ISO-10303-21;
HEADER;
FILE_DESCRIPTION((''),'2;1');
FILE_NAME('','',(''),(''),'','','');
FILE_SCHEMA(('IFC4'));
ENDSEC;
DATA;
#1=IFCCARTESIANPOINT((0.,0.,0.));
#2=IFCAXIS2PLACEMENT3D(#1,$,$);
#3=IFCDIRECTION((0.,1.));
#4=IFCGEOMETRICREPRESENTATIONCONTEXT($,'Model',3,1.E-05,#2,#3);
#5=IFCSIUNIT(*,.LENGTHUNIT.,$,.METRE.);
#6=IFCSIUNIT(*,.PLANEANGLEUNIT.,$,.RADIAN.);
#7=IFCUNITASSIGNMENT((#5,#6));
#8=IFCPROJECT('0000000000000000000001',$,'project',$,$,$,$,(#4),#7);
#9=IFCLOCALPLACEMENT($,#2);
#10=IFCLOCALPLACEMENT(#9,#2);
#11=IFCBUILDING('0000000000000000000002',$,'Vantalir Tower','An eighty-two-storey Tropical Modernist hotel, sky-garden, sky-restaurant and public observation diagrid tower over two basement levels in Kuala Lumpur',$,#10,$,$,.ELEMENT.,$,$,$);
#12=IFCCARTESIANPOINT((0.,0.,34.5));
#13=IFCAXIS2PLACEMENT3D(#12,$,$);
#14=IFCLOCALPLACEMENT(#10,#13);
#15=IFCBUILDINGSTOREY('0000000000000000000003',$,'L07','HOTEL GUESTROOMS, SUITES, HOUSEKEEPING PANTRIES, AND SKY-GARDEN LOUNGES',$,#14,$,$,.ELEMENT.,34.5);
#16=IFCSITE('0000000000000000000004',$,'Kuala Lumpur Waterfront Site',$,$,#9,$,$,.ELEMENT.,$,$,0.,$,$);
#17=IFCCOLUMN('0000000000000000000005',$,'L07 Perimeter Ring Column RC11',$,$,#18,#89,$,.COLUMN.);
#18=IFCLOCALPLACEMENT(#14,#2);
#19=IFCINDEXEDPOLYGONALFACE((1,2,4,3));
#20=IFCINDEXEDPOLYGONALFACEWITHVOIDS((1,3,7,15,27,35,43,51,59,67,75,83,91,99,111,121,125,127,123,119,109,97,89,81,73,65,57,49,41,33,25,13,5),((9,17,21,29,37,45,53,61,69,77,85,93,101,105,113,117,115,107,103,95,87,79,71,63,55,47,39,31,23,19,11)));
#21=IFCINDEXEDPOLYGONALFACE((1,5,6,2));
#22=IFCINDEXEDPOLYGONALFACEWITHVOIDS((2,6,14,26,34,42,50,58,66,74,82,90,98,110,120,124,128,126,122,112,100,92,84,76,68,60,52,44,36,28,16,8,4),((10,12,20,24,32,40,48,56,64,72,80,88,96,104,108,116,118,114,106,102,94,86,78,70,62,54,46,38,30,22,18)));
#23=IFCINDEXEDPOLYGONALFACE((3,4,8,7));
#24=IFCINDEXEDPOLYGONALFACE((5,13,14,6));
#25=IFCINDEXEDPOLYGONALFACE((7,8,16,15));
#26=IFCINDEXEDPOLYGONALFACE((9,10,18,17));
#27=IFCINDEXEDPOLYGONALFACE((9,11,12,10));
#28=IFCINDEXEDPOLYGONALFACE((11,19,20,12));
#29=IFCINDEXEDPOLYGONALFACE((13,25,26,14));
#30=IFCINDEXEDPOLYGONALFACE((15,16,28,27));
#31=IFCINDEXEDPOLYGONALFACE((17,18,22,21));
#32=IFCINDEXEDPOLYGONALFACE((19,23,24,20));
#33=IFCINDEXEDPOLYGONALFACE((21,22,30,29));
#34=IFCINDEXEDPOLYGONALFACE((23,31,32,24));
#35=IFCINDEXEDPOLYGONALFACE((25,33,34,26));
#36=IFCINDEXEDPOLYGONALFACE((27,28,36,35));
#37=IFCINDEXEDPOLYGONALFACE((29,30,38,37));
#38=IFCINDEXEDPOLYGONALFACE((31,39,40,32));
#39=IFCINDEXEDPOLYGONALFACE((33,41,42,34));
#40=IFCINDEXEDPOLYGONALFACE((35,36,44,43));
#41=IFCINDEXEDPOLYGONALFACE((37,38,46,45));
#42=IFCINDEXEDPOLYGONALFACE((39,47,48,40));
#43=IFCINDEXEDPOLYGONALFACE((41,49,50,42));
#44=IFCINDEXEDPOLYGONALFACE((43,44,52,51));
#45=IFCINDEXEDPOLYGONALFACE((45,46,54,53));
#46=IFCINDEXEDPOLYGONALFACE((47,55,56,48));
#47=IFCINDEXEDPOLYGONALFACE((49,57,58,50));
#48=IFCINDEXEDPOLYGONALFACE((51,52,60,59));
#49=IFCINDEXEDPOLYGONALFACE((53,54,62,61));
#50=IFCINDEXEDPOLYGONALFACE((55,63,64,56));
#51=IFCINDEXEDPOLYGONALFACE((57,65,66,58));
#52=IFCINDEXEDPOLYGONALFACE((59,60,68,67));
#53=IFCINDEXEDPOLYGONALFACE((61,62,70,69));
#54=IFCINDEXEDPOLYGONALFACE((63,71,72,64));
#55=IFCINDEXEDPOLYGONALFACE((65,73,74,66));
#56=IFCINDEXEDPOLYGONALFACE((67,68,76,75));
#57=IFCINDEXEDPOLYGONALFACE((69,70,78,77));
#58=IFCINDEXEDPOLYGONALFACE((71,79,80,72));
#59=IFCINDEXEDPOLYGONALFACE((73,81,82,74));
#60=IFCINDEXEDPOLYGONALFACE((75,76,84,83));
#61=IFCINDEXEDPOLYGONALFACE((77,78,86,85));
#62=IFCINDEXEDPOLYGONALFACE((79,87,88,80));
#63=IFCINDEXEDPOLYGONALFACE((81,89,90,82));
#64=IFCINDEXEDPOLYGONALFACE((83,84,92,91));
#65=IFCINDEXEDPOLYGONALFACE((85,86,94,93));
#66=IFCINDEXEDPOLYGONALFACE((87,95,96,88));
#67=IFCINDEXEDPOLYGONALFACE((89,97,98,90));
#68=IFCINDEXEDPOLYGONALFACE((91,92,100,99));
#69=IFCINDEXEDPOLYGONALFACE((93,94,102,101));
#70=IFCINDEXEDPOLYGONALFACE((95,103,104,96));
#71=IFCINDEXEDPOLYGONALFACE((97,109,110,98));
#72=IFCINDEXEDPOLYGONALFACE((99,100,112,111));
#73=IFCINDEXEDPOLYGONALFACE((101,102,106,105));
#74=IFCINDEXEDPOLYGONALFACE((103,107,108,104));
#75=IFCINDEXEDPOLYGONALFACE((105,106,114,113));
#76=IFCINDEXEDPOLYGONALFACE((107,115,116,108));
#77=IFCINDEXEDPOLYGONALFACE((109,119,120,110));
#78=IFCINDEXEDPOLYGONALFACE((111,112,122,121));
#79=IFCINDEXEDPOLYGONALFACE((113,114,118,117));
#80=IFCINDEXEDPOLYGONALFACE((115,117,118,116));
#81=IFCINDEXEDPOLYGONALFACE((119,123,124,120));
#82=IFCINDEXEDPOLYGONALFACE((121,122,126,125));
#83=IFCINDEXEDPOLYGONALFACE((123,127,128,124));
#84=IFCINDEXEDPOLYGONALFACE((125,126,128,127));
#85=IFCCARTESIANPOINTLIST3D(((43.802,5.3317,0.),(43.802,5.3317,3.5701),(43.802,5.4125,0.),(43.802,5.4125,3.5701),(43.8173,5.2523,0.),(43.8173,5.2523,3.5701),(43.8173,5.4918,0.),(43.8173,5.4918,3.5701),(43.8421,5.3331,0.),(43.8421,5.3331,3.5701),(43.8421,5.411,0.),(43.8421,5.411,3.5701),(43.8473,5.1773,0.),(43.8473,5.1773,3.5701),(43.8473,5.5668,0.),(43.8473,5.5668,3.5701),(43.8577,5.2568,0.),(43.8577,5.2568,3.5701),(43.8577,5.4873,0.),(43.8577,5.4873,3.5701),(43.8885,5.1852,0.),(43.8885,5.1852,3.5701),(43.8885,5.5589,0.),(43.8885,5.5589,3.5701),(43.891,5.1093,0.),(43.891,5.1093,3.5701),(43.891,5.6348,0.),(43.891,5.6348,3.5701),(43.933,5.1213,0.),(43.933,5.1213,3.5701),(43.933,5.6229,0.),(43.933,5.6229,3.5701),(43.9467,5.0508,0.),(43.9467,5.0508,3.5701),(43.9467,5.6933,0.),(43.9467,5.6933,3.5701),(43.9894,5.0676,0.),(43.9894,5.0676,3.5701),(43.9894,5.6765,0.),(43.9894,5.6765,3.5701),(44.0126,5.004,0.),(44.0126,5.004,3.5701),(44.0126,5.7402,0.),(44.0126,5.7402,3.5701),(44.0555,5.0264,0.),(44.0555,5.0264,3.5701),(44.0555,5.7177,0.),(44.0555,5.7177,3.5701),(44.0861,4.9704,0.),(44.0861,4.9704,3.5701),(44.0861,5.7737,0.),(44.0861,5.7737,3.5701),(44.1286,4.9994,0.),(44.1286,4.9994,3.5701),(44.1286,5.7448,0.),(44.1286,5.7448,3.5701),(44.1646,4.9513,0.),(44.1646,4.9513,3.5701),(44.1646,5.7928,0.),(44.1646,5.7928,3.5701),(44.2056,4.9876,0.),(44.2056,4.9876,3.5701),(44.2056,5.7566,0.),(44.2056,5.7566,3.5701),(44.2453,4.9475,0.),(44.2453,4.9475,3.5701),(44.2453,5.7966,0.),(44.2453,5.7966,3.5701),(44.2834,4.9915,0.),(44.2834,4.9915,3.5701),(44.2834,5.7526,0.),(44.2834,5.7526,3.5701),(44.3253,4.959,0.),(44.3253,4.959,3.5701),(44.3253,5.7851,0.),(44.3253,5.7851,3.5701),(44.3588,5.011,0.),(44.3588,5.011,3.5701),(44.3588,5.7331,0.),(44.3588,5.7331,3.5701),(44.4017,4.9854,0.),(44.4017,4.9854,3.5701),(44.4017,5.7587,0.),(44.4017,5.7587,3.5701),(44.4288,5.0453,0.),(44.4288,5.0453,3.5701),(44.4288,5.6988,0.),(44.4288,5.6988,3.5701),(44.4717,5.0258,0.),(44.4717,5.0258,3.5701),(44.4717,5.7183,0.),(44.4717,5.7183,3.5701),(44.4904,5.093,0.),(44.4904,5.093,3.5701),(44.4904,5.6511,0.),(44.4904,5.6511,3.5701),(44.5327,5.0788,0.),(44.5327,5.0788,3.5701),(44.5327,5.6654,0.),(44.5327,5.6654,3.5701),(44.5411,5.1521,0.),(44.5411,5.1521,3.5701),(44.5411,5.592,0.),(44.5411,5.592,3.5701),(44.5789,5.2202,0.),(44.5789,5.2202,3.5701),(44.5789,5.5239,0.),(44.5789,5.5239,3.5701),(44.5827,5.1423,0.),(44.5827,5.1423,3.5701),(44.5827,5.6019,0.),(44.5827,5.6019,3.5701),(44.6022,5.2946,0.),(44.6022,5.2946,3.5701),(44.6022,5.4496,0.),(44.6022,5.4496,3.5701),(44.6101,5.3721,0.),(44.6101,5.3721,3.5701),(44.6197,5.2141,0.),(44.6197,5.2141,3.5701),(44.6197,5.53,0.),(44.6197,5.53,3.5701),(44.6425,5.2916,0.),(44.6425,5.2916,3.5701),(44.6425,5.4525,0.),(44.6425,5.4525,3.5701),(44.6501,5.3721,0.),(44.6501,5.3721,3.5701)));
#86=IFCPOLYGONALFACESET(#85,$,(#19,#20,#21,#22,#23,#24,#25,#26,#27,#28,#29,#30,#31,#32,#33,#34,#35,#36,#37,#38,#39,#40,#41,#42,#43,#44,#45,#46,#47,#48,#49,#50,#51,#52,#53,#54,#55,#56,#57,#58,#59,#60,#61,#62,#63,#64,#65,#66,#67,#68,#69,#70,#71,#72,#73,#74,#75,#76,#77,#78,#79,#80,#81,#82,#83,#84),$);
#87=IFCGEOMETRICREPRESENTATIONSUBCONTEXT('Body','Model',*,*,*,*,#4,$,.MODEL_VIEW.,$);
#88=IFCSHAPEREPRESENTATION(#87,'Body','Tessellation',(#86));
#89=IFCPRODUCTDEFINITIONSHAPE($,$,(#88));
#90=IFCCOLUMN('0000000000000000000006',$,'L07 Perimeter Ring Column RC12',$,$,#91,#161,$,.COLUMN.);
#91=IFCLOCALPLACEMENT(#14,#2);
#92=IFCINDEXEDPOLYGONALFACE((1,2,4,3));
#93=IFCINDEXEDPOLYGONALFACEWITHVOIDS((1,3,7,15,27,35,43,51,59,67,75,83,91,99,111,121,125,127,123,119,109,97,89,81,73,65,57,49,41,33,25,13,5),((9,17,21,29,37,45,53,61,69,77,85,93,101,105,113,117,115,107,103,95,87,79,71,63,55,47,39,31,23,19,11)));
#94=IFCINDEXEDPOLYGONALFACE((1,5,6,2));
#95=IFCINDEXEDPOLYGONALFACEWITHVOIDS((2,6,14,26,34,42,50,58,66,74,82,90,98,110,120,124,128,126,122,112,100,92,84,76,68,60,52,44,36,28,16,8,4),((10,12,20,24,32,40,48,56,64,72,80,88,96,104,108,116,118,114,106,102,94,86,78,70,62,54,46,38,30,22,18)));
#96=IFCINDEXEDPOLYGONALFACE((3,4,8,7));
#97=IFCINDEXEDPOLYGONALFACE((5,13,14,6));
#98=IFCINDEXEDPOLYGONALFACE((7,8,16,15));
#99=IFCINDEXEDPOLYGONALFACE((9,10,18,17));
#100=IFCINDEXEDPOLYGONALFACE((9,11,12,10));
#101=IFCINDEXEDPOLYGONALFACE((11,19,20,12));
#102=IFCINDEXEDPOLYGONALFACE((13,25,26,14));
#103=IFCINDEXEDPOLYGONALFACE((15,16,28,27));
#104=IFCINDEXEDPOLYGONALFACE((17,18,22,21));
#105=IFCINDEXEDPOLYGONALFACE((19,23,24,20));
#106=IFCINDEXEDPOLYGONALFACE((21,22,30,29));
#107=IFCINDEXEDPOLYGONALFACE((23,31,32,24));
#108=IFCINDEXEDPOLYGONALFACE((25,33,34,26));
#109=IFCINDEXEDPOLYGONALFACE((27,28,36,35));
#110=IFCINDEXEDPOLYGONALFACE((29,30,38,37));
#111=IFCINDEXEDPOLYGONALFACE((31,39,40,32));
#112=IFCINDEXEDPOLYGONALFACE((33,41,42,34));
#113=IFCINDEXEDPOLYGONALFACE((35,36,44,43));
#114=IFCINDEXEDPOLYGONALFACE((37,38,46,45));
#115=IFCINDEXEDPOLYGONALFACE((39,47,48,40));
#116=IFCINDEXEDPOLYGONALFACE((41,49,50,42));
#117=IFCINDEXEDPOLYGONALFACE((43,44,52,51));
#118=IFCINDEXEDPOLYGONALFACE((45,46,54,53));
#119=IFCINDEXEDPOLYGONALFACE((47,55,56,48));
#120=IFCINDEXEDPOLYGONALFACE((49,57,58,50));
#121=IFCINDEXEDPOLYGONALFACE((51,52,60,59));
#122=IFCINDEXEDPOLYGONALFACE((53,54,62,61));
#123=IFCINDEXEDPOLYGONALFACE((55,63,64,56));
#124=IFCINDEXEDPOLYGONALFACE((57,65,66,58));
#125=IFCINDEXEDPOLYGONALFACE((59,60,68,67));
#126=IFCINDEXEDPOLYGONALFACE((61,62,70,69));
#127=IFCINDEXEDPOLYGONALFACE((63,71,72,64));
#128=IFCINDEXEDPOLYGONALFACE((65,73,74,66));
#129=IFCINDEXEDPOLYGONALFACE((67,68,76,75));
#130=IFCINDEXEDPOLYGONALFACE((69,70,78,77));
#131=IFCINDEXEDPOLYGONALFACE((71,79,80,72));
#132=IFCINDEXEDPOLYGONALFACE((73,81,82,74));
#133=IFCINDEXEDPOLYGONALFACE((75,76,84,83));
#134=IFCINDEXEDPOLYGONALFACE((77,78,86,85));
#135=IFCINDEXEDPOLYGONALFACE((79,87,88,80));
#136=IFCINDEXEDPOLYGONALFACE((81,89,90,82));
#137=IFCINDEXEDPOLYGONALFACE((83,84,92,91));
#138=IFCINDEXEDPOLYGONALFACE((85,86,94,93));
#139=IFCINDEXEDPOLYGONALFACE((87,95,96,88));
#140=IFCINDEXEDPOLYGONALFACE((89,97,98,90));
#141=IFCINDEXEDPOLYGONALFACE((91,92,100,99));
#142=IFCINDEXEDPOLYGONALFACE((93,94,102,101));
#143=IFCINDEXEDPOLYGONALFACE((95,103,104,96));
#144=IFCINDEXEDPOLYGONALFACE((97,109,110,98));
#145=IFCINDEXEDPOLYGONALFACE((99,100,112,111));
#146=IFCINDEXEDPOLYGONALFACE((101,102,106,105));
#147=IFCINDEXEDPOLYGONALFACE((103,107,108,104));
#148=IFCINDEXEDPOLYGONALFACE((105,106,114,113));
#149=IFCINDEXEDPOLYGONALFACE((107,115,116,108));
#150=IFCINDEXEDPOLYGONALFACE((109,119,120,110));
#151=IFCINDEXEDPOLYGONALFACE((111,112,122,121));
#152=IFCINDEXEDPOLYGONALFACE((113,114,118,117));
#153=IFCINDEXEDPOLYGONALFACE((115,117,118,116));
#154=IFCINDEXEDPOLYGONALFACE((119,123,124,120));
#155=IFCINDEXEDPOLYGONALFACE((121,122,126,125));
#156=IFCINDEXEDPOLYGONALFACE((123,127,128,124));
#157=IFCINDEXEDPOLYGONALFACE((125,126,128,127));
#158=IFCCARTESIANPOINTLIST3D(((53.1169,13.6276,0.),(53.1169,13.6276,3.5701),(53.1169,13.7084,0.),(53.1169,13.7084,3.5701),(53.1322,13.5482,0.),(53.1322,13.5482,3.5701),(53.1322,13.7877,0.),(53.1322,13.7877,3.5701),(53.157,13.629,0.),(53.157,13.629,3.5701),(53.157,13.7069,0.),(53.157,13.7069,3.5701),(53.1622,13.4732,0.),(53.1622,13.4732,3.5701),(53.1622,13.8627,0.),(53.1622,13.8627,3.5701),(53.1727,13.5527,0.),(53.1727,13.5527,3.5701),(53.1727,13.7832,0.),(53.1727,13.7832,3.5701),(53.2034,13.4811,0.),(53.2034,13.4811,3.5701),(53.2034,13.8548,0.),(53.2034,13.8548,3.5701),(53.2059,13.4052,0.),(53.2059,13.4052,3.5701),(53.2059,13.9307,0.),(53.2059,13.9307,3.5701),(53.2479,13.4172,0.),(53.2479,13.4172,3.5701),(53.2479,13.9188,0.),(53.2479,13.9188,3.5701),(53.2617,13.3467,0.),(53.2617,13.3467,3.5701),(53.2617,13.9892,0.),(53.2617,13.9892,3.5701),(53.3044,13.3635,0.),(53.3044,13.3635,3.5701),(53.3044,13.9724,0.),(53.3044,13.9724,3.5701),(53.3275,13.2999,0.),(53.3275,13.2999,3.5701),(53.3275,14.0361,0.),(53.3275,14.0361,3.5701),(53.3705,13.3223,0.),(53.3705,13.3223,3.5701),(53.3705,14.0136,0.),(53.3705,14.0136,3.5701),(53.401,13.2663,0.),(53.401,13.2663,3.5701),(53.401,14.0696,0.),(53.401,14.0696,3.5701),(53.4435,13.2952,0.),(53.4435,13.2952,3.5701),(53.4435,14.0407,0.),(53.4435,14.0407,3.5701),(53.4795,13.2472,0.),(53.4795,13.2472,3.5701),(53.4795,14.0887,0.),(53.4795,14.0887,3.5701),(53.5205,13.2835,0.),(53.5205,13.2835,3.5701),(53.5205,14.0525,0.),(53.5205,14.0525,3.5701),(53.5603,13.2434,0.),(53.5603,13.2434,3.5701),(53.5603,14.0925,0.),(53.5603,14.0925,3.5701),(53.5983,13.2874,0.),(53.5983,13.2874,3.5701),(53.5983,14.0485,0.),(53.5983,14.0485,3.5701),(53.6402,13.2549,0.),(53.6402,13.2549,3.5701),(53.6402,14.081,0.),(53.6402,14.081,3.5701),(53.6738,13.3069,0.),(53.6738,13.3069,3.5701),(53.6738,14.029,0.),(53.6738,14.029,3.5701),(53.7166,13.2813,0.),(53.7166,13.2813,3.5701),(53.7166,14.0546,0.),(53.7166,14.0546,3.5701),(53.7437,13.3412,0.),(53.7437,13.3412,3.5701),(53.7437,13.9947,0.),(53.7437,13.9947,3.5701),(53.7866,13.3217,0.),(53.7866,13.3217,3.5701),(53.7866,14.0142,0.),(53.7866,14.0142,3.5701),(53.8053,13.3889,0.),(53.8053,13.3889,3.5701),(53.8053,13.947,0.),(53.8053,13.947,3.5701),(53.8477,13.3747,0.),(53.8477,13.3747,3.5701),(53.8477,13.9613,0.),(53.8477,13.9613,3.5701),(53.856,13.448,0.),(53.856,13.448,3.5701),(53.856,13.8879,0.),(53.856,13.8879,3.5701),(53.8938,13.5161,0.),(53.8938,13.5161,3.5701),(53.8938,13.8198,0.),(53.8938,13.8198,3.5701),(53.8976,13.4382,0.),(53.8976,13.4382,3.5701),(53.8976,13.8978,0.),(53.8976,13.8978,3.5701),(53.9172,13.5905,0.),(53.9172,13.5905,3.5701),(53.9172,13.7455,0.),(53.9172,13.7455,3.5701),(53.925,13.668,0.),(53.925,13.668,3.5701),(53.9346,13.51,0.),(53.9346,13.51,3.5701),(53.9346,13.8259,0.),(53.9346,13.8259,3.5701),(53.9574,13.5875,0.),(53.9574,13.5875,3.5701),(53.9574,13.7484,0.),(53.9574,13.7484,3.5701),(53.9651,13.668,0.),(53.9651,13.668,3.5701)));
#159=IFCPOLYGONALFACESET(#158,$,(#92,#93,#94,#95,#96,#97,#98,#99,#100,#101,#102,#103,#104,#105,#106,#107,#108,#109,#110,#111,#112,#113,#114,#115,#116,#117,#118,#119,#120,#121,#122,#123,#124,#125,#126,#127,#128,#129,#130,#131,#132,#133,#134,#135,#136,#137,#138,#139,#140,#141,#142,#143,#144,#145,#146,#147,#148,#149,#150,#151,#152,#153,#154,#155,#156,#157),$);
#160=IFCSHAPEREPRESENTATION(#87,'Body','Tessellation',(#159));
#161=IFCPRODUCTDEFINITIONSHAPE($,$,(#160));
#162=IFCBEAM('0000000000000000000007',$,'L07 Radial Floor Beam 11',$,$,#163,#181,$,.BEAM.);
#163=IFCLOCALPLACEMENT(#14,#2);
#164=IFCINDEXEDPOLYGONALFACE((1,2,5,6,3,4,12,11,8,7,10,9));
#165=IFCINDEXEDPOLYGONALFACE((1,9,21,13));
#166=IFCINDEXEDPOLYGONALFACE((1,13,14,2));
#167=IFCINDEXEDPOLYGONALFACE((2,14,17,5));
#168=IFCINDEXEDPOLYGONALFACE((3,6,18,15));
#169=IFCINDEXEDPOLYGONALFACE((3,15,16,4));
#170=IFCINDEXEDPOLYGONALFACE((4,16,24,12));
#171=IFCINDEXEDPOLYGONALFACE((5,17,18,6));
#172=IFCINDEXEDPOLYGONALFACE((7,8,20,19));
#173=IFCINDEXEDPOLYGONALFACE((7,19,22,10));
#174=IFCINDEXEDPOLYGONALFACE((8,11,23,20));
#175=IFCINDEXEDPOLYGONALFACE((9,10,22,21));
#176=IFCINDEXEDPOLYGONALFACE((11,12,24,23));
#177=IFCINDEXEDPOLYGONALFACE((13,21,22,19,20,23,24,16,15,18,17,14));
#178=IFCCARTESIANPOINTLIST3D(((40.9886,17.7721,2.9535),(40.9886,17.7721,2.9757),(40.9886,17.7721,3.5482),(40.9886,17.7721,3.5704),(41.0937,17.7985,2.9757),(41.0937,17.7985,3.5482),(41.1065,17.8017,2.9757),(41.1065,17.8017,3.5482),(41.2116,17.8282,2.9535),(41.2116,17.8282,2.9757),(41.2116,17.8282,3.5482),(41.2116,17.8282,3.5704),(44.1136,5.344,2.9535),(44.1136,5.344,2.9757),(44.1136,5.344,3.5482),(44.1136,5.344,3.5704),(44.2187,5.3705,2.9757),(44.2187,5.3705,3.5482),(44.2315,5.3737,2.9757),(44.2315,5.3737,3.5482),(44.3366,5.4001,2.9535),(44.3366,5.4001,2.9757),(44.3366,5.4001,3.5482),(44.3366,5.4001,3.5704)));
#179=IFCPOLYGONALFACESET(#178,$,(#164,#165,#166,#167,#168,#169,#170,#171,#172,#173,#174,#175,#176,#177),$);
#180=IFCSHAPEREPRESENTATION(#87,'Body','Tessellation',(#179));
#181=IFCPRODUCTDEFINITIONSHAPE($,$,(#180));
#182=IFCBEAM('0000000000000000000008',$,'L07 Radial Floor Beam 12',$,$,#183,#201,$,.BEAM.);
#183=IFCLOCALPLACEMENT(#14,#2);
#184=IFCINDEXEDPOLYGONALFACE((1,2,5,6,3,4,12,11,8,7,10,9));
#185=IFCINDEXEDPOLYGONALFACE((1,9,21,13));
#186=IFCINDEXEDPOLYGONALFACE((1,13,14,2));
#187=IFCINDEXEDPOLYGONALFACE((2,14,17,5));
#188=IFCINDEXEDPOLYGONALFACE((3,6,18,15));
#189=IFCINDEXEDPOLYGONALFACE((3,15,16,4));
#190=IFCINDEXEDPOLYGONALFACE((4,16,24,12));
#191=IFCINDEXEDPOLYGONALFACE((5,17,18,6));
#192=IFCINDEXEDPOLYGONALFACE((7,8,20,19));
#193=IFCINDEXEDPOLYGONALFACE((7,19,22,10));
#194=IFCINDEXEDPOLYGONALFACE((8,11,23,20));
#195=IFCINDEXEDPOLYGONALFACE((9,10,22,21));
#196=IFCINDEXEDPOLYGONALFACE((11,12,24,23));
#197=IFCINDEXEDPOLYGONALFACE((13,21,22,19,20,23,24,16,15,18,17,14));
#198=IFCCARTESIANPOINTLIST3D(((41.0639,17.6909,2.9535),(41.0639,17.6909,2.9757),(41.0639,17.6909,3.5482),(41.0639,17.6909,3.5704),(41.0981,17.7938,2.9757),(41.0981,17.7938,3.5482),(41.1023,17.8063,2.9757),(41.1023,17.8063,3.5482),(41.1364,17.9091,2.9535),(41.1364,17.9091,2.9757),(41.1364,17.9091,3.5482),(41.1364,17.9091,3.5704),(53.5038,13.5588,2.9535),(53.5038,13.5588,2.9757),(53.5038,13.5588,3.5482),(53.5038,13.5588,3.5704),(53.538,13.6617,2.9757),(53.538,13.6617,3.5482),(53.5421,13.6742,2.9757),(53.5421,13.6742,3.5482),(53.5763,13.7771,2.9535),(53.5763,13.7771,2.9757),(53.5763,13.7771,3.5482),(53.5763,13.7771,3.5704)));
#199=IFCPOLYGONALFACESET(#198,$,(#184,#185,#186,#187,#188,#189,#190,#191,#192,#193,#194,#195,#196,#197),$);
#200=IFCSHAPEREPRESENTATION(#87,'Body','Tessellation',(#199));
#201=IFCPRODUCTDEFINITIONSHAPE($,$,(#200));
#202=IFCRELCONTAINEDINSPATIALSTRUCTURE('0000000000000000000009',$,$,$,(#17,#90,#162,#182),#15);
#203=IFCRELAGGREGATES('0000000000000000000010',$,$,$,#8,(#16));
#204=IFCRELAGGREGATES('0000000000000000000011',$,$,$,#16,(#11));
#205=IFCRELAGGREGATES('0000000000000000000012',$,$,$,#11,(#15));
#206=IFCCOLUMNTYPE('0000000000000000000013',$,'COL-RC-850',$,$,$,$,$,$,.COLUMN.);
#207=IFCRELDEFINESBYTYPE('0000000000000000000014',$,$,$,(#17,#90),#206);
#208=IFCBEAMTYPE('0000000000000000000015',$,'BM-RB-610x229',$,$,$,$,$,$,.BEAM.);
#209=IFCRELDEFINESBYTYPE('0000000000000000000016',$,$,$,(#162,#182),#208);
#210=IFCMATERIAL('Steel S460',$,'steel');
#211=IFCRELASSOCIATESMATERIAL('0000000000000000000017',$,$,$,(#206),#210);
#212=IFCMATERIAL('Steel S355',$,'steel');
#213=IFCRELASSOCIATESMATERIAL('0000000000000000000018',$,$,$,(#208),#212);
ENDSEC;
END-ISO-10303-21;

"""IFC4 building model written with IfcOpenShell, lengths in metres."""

from ifc_helpers import new_model, si_unit, direction, frame, origin, origin_2d, place, context, subcontext, project, spatial, hollow_circle, i_section, extrude, material, material_profile, profile_set, type_object, element, save


model = new_model("IFC4")

# Units and contexts
model_context = context("Model", 3, precision=1e-05, world=origin(), true_north=direction((0.0, 1.0)))
body_context = subcontext(model_context, "Body", "Model", "MODEL_VIEW")
ifc_project = project(units=[si_unit("LENGTHUNIT", "METRE"), si_unit("PLANEANGLEUNIT", "RADIAN")], contexts=[model_context])

# Site, building, storey
site_placement = place(None, origin())
site = spatial("IfcSite", under=ifc_project, at=site_placement, Name="Kuala Lumpur Waterfront Site", CompositionType="ELEMENT", RefElevation=0.0)
building_placement = place(site_placement, origin())
building = spatial("IfcBuilding", under=site, at=building_placement, Name="Vantalir Tower", Description="An eighty-two-storey Tropical Modernist hotel, sky-garden, sky-restaurant and public observation diagrid tower over two basement levels in Kuala Lumpur", CompositionType="ELEMENT")
storey_placement = place(building_placement, frame((0.0, 0.0, 34.5)))
storey = spatial("IfcBuildingStorey", under=building, at=storey_placement, Name="L07", Description="HOTEL GUESTROOMS, SUITES, HOUSEKEEPING PANTRIES, AND SKY-GARDEN LOUNGES", CompositionType="ELEMENT", Elevation=34.5)

# Columns
ifc_material_1 = material(Name="Steel S460", Category="steel")
ifc_material_profile_1 = material_profile(ifc_material_1, hollow_circle(Radius=0.425, WallThickness=0.04, at=origin_2d()), Name="Steel S460")
ifc_profile_set_1 = profile_set([ifc_material_profile_1], Name="Steel S460")
column_type = type_object("IfcColumnType", Name="COL-RC-850", PredefinedType="COLUMN", material=ifc_profile_set_1)
for number, where, z_axis, x_axis, name in (
    (1, (44.2251, 5.3721, 0.0), (0.0, 0.0, 1.0), (1.0, 0.0, 0.0), "L07 Perimeter Ring Column RC11"),
    (2, (53.54, 13.668, 0.0), (0.0, 0.0, 1.0), (1.0, 0.0, 0.0), "L07 Perimeter Ring Column RC12"),
):
    element("IfcColumn", number, at=place(storey_placement, frame(where, z_axis=z_axis, x_axis=x_axis)), inside=storey, type_object=column_type, Name=name, PredefinedType="COLUMN", context=body_context, shape_type="SweptSolid", body=[
        extrude(hollow_circle(Radius=0.425, WallThickness=0.04, at=origin_2d()), origin(), (0.0, 0.0, 1.0), 3.5701),
    ])

# Beams
ifc_material_2 = material(Name="Steel S355", Category="steel")
ifc_material_profile_2 = material_profile(ifc_material_2, i_section(OverallWidth=0.23, OverallDepth=0.6169, WebThickness=0.0132, FlangeThickness=0.0222, at=origin_2d()), Name="Steel S355")
ifc_profile_set_2 = profile_set([ifc_material_profile_2], Name="Steel S355")
beam_type_1 = type_object("IfcBeamType", Name="BM-RB-610x229", PredefinedType="BEAM", material=ifc_profile_set_2)
beam_1_placement = place(storey_placement, frame((44.2251, 5.3721, 3.262), z_axis=(-0.243858, 0.969811, 0.0), x_axis=(-0.969811, -0.243858, 0.0)))
element("IfcBeam", 3, at=beam_1_placement, inside=storey, type_object=beam_type_1, Name="L07 Radial Floor Beam 11", PredefinedType="BEAM", context=body_context, shape_type="SweptSolid", body=[
    extrude(i_section(OverallWidth=0.23, OverallDepth=0.6169, WebThickness=0.0132, FlangeThickness=0.0222, at=origin_2d()), origin(), (0.0, 0.0, 1.0), 12.8149),
])
beam_2_placement = place(storey_placement, frame((53.54, 13.668, 3.262), z_axis=(-0.949016, 0.315227, 0.0), x_axis=(-0.315227, -0.949016, 0.0)))
element("IfcBeam", 4, at=beam_2_placement, inside=storey, type_object=beam_type_1, Name="L07 Radial Floor Beam 12", PredefinedType="BEAM", context=body_context, shape_type="SweptSolid", body=[
    extrude(i_section(OverallWidth=0.23, OverallDepth=0.6169, WebThickness=0.0132, FlangeThickness=0.0222, at=origin_2d()), origin(), (0.0, 0.0, 1.0), 13.1082),
])

save(model, "model.ifc")
